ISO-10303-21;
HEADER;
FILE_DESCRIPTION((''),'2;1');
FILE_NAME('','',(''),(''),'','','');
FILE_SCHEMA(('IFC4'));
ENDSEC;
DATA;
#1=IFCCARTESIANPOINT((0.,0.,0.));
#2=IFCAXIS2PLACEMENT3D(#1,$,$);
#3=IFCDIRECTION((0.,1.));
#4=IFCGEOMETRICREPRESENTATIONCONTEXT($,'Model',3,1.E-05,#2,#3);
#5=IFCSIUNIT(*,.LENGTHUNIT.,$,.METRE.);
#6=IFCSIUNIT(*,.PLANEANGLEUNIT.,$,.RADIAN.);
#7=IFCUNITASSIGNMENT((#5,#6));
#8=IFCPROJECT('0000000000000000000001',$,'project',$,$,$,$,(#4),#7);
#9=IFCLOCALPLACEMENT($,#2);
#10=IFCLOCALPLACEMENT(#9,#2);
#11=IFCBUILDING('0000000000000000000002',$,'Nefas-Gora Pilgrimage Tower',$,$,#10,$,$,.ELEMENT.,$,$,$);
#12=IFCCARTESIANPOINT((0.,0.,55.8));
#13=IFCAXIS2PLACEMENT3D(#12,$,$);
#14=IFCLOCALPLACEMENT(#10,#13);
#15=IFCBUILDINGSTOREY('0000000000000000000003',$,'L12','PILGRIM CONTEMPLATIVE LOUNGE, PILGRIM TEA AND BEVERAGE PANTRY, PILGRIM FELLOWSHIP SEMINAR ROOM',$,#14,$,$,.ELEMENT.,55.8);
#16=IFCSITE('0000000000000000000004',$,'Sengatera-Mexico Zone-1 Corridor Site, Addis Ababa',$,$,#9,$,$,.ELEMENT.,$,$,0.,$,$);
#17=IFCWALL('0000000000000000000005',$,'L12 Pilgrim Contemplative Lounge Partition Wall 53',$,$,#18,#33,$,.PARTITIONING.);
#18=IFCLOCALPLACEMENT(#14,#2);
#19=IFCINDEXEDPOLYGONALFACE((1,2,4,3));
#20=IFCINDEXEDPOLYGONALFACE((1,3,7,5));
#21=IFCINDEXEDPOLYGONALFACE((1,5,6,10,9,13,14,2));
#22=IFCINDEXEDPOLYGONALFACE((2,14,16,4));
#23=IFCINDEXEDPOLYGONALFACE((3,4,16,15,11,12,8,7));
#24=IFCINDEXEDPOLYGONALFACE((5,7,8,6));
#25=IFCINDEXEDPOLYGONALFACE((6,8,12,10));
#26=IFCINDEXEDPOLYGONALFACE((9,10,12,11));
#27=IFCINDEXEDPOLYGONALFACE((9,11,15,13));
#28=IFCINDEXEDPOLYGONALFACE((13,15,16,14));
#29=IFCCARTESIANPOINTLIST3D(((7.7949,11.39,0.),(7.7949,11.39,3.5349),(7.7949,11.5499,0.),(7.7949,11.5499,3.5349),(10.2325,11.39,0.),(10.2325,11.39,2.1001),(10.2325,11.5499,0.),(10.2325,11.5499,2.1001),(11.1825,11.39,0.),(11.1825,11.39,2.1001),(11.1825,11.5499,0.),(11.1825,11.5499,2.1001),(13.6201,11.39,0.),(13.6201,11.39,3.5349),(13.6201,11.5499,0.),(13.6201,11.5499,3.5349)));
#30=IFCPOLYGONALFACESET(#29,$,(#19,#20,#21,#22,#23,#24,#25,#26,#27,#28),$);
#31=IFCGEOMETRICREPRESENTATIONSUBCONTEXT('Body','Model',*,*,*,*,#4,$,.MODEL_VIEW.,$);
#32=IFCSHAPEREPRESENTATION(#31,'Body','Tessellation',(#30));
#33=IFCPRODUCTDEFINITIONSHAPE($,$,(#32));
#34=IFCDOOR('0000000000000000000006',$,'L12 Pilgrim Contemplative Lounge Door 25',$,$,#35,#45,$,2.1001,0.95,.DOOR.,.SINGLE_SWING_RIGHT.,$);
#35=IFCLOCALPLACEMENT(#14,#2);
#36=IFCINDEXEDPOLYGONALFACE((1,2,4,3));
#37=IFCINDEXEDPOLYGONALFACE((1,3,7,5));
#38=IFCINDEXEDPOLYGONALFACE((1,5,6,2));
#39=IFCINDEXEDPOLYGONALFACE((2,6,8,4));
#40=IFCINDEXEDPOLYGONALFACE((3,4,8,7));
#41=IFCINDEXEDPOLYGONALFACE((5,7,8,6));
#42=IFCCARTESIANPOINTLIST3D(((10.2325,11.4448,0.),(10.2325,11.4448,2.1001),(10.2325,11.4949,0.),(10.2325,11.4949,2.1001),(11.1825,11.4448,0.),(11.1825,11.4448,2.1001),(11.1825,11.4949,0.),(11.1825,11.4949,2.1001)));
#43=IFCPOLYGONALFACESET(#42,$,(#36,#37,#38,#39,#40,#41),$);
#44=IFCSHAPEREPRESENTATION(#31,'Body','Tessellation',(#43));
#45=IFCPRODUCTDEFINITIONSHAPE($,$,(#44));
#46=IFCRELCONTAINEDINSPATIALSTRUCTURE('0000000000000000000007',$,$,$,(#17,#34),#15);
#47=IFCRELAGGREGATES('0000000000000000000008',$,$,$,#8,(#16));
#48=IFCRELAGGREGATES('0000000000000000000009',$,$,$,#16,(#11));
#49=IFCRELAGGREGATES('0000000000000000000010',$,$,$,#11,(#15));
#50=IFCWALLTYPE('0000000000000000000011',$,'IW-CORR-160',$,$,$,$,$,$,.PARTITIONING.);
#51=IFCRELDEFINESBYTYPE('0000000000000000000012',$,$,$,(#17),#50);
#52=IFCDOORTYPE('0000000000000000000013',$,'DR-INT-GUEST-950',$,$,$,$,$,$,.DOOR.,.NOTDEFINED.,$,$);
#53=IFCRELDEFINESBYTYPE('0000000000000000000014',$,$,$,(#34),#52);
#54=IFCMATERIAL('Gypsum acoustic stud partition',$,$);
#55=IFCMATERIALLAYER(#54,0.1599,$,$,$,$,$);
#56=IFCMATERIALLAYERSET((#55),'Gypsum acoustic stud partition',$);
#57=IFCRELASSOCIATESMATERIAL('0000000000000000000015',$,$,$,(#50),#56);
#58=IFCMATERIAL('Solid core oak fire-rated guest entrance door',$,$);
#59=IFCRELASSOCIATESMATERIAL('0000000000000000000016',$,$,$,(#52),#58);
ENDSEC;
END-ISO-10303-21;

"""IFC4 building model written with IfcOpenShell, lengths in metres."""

from ifc_helpers import new_model, si_unit, direction, frame, frame_2d, origin, place, context, subcontext, project, spatial, rectangle, extrude, source, transform, mapped, material, layer, layer_set, type_object, element, fill, save


model = new_model("IFC4")

# Units and contexts
model_context = context("Model", 3, precision=1e-05, world=origin(), true_north=direction((0.0, 1.0)))
body_context = subcontext(model_context, "Body", "Model", "MODEL_VIEW")
ifc_project = project(units=[si_unit("LENGTHUNIT", "METRE"), si_unit("PLANEANGLEUNIT", "RADIAN")], contexts=[model_context])

# Site, building, storey
site_placement = place(None, origin())
site = spatial("IfcSite", under=ifc_project, at=site_placement, Name="Sengatera-Mexico Zone-1 Corridor Site, Addis Ababa", CompositionType="ELEMENT", RefElevation=0.0)
building_placement = place(site_placement, origin())
building = spatial("IfcBuilding", under=site, at=building_placement, Name="Nefas-Gora Pilgrimage Tower", CompositionType="ELEMENT")
storey_placement = place(building_placement, frame((0.0, 0.0, 55.8)))
storey = spatial("IfcBuildingStorey", under=building, at=storey_placement, Name="L12", Description="PILGRIM CONTEMPLATIVE LOUNGE, PILGRIM TEA AND BEVERAGE PANTRY, PILGRIM FELLOWSHIP SEMINAR ROOM", CompositionType="ELEMENT", Elevation=55.8)

# Wall, opening, door
ifc_material_1 = material(Name="Gypsum acoustic stud partition")
ifc_layer_1 = layer(ifc_material_1, 0.1599)
ifc_layer_set_1 = layer_set([ifc_layer_1], Name="Gypsum acoustic stud partition")
wall_type_1 = type_object("IfcWallType", Name="IW-CORR-160", PredefinedType="PARTITIONING", material=ifc_layer_set_1)
ifc_material_2 = material(Name="Solid core oak fire-rated guest entrance door")
door_type_1 = type_object("IfcDoorType", Name="DR-INT-GUEST-950", OperationType="NOTDEFINED", PredefinedType="DOOR", material=ifc_material_2)
shared_shape_1 = source(origin(), body_context, "Body", "SweptSolid", [
    extrude(rectangle(XDim=0.95, YDim=2.1001, at=frame_2d((0.4751, 1.05))), frame((0.0, 0.0249, 0.0), z_axis=(0.0, -1.0, 0.0), x_axis=(1.0, 0.0, 0.0)), (0.0, 0.0, 1.0), 0.05),
])
shared_shape_2 = source(origin(), body_context, "Body", "SweptSolid", [
    extrude(rectangle(XDim=5.8252, YDim=0.1599, at=frame_2d((2.9126, 0.0))), origin(), (0.0, 0.0, 1.0), 3.5349),
])
wall_1_placement = place(storey_placement, frame((7.7949, 11.47, 0.0), z_axis=(0.0, 0.0, 1.0), x_axis=(1.0, 0.0, 0.0)))
wall_1 = element("IfcWall", 1, at=wall_1_placement, inside=storey, type_object=wall_type_1, Name="L12 Pilgrim Contemplative Lounge Partition Wall 53", PredefinedType="PARTITIONING", context=body_context, shape_type="MappedRepresentation", body=[
    mapped(shared_shape_2, transform((0.0, 0.0, 0.0), x_axis=(1.0, 0.0, 0.0), y_axis=(0.0, 1.0, 0.0), z_axis=(0.0, 0.0, 1.0), scale=1.0)),
])
opening_1_placement = place(wall_1_placement, frame((2.4375, 0.0, 0.0)))
opening_1 = element("IfcOpeningElement", 2, at=opening_1_placement, cuts=wall_1, PredefinedType="OPENING", context=body_context, shape_type="SweptSolid", body=[
    extrude(rectangle(XDim=0.95, YDim=2.1001, at=frame_2d((0.4751, 1.05))), frame((0.0, 0.0898, 0.0), z_axis=(0.0, -1.0, 0.0), x_axis=(1.0, 0.0, 0.0)), (0.0, 0.0, 1.0), 0.1799),
])
door_1_placement = place(opening_1_placement, origin())
door_1 = element("IfcDoor", 3, at=door_1_placement, inside=storey, type_object=door_type_1, Name="L12 Pilgrim Contemplative Lounge Door 25", OperationType="SINGLE_SWING_RIGHT", OverallHeight=2.1001, OverallWidth=0.95, PredefinedType="DOOR", context=body_context, shape_type="MappedRepresentation", body=[
    mapped(shared_shape_1, transform((0.0, 0.0, 0.0), x_axis=(1.0, 0.0, 0.0), y_axis=(0.0, 1.0, 0.0), z_axis=(0.0, 0.0, 1.0), scale=1.0)),
])
fill(opening_1, door_1)

save(model, "model.ifc")
